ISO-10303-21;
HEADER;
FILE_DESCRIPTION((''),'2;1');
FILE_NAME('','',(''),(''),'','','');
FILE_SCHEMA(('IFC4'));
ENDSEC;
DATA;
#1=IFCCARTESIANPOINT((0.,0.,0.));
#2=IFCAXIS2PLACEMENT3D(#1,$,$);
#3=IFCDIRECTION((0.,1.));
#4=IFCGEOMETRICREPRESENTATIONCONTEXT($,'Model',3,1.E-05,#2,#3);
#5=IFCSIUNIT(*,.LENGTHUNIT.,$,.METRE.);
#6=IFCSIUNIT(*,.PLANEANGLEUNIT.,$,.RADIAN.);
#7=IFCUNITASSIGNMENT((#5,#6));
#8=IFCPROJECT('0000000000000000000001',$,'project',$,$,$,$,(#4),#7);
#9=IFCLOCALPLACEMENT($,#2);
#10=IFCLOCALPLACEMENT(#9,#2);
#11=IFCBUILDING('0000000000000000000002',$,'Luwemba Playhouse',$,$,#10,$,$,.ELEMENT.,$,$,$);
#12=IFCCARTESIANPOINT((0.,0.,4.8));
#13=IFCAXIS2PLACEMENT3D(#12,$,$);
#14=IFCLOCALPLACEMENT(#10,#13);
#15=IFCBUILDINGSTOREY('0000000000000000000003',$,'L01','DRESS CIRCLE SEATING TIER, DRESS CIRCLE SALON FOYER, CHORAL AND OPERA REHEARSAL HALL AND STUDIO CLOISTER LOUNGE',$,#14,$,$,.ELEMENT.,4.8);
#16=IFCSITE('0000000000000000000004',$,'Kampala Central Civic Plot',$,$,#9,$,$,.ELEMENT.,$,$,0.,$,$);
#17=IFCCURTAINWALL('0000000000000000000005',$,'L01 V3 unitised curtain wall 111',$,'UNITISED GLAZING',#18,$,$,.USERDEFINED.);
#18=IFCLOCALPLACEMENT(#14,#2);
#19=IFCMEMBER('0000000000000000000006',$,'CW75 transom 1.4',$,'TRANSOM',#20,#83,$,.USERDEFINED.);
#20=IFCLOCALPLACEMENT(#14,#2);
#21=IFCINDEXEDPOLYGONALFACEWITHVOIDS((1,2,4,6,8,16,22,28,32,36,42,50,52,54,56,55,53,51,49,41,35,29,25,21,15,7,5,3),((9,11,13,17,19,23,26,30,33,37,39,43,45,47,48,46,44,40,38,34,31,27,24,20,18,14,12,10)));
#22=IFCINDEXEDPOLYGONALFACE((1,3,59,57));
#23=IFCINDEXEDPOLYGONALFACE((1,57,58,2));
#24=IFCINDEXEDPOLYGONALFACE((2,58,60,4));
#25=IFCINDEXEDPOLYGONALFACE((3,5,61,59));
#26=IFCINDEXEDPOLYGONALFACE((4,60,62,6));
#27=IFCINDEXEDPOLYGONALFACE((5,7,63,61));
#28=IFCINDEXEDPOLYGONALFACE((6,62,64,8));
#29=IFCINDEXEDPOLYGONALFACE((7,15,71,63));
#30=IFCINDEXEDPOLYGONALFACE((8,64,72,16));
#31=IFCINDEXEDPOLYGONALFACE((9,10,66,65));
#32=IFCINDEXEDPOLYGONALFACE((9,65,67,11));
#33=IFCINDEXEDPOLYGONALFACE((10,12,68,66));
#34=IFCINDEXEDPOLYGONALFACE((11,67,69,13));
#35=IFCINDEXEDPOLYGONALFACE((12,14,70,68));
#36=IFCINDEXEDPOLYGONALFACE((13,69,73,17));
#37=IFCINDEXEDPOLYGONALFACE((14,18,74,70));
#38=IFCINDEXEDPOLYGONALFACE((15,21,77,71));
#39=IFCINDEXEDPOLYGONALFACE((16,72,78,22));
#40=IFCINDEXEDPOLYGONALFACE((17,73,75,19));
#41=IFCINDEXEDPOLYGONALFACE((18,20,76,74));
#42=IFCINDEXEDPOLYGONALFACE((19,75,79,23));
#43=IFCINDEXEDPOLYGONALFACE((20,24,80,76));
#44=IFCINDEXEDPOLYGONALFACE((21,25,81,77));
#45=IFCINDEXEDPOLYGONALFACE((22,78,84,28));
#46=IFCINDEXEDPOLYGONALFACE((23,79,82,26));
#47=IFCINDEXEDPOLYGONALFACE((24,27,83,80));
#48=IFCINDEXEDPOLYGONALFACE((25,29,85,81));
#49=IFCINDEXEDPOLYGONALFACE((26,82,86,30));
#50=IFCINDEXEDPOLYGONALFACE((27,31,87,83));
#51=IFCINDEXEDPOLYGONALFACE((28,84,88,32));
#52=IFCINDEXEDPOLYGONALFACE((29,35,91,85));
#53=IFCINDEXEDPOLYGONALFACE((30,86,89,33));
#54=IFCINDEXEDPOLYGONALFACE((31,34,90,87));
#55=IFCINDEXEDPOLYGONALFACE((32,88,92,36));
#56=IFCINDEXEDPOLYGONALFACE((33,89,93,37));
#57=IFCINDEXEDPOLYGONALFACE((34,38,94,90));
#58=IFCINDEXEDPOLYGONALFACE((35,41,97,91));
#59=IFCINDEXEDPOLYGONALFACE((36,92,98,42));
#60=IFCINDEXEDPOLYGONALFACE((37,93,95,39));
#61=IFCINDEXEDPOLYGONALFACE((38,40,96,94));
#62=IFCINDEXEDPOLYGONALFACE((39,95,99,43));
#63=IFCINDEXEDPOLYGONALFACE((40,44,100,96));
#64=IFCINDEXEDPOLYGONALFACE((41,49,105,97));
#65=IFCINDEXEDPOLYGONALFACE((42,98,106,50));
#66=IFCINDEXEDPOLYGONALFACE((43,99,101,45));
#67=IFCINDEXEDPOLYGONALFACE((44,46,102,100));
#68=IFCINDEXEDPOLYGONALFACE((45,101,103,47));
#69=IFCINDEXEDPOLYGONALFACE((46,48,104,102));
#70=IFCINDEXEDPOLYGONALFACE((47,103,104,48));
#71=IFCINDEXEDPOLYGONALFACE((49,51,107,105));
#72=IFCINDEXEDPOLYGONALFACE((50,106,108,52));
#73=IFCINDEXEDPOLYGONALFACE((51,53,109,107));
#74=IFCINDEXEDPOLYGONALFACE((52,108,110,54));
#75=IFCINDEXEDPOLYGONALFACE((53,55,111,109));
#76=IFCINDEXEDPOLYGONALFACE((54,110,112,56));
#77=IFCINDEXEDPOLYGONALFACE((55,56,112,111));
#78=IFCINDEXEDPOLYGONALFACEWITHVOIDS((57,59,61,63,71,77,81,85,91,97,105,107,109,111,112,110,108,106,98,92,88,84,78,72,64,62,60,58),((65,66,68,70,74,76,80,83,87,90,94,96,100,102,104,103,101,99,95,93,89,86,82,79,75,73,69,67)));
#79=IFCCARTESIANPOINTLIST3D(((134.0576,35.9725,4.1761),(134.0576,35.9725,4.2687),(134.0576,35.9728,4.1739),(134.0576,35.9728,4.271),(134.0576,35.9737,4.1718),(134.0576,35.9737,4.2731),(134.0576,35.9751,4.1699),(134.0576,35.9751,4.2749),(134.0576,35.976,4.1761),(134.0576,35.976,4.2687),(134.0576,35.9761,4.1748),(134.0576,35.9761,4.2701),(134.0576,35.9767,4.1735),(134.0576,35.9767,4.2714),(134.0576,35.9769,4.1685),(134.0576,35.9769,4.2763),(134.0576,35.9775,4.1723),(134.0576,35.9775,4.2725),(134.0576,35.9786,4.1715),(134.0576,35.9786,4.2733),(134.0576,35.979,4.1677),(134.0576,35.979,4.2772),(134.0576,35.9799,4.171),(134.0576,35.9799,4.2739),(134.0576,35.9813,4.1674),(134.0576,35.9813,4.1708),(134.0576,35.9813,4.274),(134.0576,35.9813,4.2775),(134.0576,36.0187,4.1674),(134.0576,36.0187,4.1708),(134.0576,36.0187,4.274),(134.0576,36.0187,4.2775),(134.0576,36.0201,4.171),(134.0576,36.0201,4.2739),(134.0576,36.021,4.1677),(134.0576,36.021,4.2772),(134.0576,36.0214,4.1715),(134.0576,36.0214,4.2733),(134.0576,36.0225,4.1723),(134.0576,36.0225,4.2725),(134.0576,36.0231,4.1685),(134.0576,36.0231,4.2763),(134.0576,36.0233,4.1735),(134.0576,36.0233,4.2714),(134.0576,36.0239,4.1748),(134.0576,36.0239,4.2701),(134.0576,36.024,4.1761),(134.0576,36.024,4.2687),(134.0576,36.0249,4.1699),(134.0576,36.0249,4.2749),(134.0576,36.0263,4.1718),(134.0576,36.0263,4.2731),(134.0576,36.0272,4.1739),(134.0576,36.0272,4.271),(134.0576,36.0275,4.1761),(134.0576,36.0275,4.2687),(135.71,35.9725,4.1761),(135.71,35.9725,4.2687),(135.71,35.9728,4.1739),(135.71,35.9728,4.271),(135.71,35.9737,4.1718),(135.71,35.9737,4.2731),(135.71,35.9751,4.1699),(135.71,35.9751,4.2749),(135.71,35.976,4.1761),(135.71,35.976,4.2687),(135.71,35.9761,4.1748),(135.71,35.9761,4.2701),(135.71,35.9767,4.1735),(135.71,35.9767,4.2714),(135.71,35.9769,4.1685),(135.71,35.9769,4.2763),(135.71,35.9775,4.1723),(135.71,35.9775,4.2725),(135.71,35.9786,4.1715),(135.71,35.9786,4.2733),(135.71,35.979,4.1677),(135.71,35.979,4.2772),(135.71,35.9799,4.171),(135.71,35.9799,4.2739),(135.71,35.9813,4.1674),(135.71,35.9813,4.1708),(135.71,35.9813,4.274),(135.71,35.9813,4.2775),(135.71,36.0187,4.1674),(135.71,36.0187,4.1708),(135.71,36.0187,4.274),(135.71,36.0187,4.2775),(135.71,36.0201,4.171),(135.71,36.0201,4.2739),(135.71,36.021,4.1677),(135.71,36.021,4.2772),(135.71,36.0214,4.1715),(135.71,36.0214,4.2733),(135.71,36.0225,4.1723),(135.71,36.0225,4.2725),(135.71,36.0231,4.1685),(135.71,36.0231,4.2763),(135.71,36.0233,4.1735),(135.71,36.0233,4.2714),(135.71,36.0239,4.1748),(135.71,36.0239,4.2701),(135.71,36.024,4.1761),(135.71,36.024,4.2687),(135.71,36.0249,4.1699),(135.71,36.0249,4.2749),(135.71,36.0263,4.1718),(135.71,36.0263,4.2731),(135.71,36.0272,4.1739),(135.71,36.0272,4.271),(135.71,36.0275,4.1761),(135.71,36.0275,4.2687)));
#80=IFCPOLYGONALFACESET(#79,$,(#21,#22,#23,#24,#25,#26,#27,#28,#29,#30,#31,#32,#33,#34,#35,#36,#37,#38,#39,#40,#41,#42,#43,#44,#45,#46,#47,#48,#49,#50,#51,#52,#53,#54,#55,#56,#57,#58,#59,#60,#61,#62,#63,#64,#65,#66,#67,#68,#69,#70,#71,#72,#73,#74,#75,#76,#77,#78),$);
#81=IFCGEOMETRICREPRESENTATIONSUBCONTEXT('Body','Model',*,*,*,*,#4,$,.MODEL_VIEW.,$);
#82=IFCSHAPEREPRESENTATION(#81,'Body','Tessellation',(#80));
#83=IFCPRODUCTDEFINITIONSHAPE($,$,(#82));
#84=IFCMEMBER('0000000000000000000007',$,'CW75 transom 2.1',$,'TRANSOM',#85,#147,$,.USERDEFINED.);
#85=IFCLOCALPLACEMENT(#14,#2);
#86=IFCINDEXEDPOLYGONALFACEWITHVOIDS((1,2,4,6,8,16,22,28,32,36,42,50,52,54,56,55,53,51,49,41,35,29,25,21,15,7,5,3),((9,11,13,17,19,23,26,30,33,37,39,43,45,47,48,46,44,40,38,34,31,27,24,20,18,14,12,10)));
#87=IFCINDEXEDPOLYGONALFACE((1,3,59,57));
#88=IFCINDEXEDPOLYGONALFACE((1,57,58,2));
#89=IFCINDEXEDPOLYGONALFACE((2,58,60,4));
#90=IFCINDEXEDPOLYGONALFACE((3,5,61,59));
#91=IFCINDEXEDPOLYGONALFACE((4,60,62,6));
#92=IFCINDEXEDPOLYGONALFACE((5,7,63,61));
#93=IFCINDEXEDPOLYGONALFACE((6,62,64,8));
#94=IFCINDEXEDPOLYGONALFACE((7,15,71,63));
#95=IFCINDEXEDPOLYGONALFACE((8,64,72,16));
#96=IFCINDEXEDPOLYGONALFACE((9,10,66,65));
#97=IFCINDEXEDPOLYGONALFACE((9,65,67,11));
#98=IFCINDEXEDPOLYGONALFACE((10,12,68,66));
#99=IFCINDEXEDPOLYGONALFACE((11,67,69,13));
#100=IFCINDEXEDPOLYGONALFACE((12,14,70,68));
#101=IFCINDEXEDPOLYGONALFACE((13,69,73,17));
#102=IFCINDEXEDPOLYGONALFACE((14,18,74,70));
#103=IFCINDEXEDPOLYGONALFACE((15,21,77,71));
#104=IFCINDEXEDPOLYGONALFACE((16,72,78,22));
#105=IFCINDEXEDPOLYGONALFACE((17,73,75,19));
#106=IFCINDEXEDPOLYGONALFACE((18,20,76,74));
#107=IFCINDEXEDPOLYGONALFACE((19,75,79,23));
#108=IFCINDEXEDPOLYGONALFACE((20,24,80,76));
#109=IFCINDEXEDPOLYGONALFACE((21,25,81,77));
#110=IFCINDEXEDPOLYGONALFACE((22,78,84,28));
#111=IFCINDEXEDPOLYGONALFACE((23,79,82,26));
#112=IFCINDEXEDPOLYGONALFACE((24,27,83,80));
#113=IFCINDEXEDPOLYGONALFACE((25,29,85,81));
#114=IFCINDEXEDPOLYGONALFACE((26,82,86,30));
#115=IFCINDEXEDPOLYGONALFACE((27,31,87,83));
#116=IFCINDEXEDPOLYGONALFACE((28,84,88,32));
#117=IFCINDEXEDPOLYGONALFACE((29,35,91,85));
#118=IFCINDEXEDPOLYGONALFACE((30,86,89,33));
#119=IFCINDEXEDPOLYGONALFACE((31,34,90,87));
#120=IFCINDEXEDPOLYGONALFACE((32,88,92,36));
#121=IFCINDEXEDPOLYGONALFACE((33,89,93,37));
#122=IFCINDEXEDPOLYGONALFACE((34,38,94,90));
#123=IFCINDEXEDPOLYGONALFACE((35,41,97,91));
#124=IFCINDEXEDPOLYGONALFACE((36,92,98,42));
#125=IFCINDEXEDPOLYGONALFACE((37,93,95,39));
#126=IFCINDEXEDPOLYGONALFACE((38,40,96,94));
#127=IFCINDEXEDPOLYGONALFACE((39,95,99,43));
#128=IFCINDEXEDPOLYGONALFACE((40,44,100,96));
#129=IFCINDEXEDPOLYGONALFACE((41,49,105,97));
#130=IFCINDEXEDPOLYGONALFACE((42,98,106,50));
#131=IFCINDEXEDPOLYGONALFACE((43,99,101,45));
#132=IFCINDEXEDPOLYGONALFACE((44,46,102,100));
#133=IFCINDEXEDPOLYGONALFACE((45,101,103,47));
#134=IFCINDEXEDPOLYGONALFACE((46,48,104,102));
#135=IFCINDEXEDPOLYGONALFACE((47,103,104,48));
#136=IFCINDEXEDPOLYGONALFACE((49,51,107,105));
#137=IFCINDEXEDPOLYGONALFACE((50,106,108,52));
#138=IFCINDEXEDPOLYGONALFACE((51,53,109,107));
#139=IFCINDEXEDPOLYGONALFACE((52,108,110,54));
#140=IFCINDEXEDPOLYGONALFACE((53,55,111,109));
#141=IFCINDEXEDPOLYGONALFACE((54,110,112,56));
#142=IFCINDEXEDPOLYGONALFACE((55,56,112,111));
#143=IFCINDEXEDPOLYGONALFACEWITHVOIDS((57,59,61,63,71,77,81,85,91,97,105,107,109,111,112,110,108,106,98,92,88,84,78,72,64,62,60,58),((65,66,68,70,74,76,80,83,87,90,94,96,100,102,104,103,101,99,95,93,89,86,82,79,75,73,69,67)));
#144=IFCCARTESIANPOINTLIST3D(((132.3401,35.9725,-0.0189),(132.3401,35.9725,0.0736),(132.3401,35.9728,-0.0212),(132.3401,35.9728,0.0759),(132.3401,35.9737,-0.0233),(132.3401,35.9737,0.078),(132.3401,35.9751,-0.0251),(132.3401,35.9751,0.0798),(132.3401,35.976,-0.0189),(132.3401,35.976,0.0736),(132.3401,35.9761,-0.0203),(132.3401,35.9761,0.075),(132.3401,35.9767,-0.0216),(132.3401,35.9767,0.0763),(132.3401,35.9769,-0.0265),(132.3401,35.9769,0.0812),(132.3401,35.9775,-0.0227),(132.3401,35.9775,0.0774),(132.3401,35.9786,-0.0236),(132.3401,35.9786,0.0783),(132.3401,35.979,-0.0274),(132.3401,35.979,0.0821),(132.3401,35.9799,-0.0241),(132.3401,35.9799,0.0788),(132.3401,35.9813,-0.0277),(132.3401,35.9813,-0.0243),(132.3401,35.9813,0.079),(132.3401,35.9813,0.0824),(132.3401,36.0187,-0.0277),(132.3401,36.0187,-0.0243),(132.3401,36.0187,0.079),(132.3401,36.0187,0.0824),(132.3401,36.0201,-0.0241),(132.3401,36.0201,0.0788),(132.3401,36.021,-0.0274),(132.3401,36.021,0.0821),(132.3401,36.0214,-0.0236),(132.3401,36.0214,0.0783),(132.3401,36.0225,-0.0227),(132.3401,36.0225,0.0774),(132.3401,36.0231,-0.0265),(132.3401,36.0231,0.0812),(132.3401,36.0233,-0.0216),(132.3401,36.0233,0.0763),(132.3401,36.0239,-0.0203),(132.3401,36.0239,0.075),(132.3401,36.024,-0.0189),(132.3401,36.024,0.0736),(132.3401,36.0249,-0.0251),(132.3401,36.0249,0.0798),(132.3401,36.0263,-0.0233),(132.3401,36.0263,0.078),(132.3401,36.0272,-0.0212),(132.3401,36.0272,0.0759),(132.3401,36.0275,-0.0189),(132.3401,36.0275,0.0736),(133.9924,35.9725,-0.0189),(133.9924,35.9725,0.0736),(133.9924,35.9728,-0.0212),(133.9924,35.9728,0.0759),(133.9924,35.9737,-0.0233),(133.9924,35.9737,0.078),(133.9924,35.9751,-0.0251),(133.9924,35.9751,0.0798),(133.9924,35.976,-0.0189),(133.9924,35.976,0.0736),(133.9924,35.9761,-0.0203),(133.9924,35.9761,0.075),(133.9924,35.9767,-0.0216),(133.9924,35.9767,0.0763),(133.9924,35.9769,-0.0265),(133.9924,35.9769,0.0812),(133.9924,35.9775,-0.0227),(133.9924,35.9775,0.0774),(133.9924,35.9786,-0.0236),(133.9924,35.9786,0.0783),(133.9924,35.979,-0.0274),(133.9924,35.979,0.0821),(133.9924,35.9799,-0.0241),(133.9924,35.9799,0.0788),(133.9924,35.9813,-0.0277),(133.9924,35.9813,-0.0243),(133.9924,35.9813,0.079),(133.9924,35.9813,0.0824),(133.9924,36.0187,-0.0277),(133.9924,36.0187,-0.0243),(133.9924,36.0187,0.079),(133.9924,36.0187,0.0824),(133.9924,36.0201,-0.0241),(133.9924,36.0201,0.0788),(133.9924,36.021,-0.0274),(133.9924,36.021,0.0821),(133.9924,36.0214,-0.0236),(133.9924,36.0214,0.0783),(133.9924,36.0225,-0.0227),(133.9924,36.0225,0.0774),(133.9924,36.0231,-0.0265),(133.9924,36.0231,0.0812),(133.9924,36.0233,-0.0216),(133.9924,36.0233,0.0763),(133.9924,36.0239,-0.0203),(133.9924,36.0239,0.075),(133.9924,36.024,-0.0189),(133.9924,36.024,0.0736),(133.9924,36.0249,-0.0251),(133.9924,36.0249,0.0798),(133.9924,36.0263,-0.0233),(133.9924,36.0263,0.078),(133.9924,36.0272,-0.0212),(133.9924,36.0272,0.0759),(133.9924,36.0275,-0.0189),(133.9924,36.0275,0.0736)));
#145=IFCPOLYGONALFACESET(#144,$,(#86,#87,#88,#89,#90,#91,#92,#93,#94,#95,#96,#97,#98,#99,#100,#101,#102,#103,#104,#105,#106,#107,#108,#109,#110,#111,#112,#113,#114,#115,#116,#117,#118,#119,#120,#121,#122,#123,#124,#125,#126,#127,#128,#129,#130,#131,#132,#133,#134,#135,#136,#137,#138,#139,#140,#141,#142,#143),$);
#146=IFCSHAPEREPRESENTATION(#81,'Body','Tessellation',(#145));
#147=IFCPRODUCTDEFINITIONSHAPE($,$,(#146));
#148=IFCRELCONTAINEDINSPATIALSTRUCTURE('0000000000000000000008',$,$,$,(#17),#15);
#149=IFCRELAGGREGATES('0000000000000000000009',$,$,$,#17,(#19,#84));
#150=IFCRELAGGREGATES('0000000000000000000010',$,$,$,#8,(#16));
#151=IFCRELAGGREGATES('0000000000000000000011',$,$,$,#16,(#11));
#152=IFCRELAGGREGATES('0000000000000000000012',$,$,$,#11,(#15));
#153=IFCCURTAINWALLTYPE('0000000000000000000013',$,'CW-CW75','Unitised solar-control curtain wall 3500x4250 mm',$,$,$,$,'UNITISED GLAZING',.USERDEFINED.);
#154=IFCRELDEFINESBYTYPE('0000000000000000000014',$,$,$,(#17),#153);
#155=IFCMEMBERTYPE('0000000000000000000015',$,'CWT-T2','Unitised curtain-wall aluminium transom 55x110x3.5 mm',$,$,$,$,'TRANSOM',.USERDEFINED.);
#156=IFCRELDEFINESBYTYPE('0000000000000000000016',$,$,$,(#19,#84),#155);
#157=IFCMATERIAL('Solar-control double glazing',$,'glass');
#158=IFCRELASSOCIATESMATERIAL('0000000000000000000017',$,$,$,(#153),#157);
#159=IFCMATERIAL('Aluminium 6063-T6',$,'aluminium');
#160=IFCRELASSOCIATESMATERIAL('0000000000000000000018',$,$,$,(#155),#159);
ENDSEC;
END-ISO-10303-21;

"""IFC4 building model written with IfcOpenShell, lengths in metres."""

from ifc_helpers import new_model, si_unit, direction, frame, origin, origin_2d, place, context, subcontext, project, spatial, hollow_rectangle, extrude, material, material_profile, profile_set, type_object, element, aggregate, save


model = new_model("IFC4")

# Units and contexts
model_context = context("Model", 3, precision=1e-05, world=origin(), true_north=direction((0.0, 1.0)))
body_context = subcontext(model_context, "Body", "Model", "MODEL_VIEW")
ifc_project = project(units=[si_unit("LENGTHUNIT", "METRE"), si_unit("PLANEANGLEUNIT", "RADIAN")], contexts=[model_context])

# Site, building, storey
site_placement = place(None, origin())
site = spatial("IfcSite", under=ifc_project, at=site_placement, Name="Kampala Central Civic Plot", CompositionType="ELEMENT", RefElevation=0.0)
building_placement = place(site_placement, origin())
building = spatial("IfcBuilding", under=site, at=building_placement, Name="Luwemba Playhouse", CompositionType="ELEMENT")
storey_placement = place(building_placement, frame((0.0, 0.0, 4.8)))
storey = spatial("IfcBuildingStorey", under=building, at=storey_placement, Name="L01", Description="DRESS CIRCLE SEATING TIER, DRESS CIRCLE SALON FOYER, CHORAL AND OPERA REHEARSAL HALL AND STUDIO CLOISTER LOUNGE", CompositionType="ELEMENT", Elevation=4.8)

# Shared definitions
ifc_material_1 = material(Name="Solar-control double glazing", Category="glass")
ifc_material_2 = material(Name="Aluminium 6063-T6", Category="aluminium")

# Curtain wall, members
curtain_wall_type_1 = type_object("IfcCurtainWallType", Name="CW-CW75", Description="Unitised solar-control curtain wall 3500x4250 mm", ElementType="UNITISED GLAZING", PredefinedType="USERDEFINED", material=ifc_material_1)
curtain_wall_1_placement = place(storey_placement, origin())
curtain_wall_1 = element("IfcCurtainWall", 1, at=curtain_wall_1_placement, inside=storey, type_object=curtain_wall_type_1, Name="L01 V3 unitised curtain wall 111", ObjectType="UNITISED GLAZING", PredefinedType="USERDEFINED")
ifc_material_profile_1 = material_profile(ifc_material_2, hollow_rectangle(XDim=0.0549, YDim=0.1101, WallThickness=0.0034, InnerFilletRadius=0.0054, OuterFilletRadius=0.0088, at=origin_2d()))
ifc_profile_set_1 = profile_set([ifc_material_profile_1], Name="Aluminium 6063-T6")
member_type_1 = type_object("IfcMemberType", Name="CWT-T2", Description="Unitised curtain-wall aluminium transom 55x110x3.5 mm", ElementType="TRANSOM", PredefinedType="USERDEFINED", material=ifc_profile_set_1)
member_1_placement = place(storey_placement, frame((135.71, 36.0, 4.2224), z_axis=(-1.0, 0.0, 0.0), x_axis=(0.0, -1.0, 0.0)))
member_1 = element("IfcMember", 2, at=member_1_placement, type_object=member_type_1, Name="CW75 transom 1.4", ObjectType="TRANSOM", PredefinedType="USERDEFINED", context=body_context, shape_type="SweptSolid", body=[
    extrude(hollow_rectangle(XDim=0.0549, YDim=0.1101, WallThickness=0.0034, InnerFilletRadius=0.0054, OuterFilletRadius=0.0088, at=origin_2d()), origin(), (0.0, 0.0, 1.0), 1.6523),
])
member_2_placement = place(storey_placement, frame((133.9924, 36.0, 0.0273), z_axis=(-1.0, 0.0, 0.0), x_axis=(0.0, -1.0, 0.0)))
member_2 = element("IfcMember", 3, at=member_2_placement, type_object=member_type_1, Name="CW75 transom 2.1", ObjectType="TRANSOM", PredefinedType="USERDEFINED", context=body_context, shape_type="SweptSolid", body=[
    extrude(hollow_rectangle(XDim=0.0549, YDim=0.1101, WallThickness=0.0034, InnerFilletRadius=0.0054, OuterFilletRadius=0.0088, at=origin_2d()), origin(), (0.0, 0.0, 1.0), 1.6523),
])

aggregate(curtain_wall_1, [member_1, member_2])

save(model, "model.ifc")
